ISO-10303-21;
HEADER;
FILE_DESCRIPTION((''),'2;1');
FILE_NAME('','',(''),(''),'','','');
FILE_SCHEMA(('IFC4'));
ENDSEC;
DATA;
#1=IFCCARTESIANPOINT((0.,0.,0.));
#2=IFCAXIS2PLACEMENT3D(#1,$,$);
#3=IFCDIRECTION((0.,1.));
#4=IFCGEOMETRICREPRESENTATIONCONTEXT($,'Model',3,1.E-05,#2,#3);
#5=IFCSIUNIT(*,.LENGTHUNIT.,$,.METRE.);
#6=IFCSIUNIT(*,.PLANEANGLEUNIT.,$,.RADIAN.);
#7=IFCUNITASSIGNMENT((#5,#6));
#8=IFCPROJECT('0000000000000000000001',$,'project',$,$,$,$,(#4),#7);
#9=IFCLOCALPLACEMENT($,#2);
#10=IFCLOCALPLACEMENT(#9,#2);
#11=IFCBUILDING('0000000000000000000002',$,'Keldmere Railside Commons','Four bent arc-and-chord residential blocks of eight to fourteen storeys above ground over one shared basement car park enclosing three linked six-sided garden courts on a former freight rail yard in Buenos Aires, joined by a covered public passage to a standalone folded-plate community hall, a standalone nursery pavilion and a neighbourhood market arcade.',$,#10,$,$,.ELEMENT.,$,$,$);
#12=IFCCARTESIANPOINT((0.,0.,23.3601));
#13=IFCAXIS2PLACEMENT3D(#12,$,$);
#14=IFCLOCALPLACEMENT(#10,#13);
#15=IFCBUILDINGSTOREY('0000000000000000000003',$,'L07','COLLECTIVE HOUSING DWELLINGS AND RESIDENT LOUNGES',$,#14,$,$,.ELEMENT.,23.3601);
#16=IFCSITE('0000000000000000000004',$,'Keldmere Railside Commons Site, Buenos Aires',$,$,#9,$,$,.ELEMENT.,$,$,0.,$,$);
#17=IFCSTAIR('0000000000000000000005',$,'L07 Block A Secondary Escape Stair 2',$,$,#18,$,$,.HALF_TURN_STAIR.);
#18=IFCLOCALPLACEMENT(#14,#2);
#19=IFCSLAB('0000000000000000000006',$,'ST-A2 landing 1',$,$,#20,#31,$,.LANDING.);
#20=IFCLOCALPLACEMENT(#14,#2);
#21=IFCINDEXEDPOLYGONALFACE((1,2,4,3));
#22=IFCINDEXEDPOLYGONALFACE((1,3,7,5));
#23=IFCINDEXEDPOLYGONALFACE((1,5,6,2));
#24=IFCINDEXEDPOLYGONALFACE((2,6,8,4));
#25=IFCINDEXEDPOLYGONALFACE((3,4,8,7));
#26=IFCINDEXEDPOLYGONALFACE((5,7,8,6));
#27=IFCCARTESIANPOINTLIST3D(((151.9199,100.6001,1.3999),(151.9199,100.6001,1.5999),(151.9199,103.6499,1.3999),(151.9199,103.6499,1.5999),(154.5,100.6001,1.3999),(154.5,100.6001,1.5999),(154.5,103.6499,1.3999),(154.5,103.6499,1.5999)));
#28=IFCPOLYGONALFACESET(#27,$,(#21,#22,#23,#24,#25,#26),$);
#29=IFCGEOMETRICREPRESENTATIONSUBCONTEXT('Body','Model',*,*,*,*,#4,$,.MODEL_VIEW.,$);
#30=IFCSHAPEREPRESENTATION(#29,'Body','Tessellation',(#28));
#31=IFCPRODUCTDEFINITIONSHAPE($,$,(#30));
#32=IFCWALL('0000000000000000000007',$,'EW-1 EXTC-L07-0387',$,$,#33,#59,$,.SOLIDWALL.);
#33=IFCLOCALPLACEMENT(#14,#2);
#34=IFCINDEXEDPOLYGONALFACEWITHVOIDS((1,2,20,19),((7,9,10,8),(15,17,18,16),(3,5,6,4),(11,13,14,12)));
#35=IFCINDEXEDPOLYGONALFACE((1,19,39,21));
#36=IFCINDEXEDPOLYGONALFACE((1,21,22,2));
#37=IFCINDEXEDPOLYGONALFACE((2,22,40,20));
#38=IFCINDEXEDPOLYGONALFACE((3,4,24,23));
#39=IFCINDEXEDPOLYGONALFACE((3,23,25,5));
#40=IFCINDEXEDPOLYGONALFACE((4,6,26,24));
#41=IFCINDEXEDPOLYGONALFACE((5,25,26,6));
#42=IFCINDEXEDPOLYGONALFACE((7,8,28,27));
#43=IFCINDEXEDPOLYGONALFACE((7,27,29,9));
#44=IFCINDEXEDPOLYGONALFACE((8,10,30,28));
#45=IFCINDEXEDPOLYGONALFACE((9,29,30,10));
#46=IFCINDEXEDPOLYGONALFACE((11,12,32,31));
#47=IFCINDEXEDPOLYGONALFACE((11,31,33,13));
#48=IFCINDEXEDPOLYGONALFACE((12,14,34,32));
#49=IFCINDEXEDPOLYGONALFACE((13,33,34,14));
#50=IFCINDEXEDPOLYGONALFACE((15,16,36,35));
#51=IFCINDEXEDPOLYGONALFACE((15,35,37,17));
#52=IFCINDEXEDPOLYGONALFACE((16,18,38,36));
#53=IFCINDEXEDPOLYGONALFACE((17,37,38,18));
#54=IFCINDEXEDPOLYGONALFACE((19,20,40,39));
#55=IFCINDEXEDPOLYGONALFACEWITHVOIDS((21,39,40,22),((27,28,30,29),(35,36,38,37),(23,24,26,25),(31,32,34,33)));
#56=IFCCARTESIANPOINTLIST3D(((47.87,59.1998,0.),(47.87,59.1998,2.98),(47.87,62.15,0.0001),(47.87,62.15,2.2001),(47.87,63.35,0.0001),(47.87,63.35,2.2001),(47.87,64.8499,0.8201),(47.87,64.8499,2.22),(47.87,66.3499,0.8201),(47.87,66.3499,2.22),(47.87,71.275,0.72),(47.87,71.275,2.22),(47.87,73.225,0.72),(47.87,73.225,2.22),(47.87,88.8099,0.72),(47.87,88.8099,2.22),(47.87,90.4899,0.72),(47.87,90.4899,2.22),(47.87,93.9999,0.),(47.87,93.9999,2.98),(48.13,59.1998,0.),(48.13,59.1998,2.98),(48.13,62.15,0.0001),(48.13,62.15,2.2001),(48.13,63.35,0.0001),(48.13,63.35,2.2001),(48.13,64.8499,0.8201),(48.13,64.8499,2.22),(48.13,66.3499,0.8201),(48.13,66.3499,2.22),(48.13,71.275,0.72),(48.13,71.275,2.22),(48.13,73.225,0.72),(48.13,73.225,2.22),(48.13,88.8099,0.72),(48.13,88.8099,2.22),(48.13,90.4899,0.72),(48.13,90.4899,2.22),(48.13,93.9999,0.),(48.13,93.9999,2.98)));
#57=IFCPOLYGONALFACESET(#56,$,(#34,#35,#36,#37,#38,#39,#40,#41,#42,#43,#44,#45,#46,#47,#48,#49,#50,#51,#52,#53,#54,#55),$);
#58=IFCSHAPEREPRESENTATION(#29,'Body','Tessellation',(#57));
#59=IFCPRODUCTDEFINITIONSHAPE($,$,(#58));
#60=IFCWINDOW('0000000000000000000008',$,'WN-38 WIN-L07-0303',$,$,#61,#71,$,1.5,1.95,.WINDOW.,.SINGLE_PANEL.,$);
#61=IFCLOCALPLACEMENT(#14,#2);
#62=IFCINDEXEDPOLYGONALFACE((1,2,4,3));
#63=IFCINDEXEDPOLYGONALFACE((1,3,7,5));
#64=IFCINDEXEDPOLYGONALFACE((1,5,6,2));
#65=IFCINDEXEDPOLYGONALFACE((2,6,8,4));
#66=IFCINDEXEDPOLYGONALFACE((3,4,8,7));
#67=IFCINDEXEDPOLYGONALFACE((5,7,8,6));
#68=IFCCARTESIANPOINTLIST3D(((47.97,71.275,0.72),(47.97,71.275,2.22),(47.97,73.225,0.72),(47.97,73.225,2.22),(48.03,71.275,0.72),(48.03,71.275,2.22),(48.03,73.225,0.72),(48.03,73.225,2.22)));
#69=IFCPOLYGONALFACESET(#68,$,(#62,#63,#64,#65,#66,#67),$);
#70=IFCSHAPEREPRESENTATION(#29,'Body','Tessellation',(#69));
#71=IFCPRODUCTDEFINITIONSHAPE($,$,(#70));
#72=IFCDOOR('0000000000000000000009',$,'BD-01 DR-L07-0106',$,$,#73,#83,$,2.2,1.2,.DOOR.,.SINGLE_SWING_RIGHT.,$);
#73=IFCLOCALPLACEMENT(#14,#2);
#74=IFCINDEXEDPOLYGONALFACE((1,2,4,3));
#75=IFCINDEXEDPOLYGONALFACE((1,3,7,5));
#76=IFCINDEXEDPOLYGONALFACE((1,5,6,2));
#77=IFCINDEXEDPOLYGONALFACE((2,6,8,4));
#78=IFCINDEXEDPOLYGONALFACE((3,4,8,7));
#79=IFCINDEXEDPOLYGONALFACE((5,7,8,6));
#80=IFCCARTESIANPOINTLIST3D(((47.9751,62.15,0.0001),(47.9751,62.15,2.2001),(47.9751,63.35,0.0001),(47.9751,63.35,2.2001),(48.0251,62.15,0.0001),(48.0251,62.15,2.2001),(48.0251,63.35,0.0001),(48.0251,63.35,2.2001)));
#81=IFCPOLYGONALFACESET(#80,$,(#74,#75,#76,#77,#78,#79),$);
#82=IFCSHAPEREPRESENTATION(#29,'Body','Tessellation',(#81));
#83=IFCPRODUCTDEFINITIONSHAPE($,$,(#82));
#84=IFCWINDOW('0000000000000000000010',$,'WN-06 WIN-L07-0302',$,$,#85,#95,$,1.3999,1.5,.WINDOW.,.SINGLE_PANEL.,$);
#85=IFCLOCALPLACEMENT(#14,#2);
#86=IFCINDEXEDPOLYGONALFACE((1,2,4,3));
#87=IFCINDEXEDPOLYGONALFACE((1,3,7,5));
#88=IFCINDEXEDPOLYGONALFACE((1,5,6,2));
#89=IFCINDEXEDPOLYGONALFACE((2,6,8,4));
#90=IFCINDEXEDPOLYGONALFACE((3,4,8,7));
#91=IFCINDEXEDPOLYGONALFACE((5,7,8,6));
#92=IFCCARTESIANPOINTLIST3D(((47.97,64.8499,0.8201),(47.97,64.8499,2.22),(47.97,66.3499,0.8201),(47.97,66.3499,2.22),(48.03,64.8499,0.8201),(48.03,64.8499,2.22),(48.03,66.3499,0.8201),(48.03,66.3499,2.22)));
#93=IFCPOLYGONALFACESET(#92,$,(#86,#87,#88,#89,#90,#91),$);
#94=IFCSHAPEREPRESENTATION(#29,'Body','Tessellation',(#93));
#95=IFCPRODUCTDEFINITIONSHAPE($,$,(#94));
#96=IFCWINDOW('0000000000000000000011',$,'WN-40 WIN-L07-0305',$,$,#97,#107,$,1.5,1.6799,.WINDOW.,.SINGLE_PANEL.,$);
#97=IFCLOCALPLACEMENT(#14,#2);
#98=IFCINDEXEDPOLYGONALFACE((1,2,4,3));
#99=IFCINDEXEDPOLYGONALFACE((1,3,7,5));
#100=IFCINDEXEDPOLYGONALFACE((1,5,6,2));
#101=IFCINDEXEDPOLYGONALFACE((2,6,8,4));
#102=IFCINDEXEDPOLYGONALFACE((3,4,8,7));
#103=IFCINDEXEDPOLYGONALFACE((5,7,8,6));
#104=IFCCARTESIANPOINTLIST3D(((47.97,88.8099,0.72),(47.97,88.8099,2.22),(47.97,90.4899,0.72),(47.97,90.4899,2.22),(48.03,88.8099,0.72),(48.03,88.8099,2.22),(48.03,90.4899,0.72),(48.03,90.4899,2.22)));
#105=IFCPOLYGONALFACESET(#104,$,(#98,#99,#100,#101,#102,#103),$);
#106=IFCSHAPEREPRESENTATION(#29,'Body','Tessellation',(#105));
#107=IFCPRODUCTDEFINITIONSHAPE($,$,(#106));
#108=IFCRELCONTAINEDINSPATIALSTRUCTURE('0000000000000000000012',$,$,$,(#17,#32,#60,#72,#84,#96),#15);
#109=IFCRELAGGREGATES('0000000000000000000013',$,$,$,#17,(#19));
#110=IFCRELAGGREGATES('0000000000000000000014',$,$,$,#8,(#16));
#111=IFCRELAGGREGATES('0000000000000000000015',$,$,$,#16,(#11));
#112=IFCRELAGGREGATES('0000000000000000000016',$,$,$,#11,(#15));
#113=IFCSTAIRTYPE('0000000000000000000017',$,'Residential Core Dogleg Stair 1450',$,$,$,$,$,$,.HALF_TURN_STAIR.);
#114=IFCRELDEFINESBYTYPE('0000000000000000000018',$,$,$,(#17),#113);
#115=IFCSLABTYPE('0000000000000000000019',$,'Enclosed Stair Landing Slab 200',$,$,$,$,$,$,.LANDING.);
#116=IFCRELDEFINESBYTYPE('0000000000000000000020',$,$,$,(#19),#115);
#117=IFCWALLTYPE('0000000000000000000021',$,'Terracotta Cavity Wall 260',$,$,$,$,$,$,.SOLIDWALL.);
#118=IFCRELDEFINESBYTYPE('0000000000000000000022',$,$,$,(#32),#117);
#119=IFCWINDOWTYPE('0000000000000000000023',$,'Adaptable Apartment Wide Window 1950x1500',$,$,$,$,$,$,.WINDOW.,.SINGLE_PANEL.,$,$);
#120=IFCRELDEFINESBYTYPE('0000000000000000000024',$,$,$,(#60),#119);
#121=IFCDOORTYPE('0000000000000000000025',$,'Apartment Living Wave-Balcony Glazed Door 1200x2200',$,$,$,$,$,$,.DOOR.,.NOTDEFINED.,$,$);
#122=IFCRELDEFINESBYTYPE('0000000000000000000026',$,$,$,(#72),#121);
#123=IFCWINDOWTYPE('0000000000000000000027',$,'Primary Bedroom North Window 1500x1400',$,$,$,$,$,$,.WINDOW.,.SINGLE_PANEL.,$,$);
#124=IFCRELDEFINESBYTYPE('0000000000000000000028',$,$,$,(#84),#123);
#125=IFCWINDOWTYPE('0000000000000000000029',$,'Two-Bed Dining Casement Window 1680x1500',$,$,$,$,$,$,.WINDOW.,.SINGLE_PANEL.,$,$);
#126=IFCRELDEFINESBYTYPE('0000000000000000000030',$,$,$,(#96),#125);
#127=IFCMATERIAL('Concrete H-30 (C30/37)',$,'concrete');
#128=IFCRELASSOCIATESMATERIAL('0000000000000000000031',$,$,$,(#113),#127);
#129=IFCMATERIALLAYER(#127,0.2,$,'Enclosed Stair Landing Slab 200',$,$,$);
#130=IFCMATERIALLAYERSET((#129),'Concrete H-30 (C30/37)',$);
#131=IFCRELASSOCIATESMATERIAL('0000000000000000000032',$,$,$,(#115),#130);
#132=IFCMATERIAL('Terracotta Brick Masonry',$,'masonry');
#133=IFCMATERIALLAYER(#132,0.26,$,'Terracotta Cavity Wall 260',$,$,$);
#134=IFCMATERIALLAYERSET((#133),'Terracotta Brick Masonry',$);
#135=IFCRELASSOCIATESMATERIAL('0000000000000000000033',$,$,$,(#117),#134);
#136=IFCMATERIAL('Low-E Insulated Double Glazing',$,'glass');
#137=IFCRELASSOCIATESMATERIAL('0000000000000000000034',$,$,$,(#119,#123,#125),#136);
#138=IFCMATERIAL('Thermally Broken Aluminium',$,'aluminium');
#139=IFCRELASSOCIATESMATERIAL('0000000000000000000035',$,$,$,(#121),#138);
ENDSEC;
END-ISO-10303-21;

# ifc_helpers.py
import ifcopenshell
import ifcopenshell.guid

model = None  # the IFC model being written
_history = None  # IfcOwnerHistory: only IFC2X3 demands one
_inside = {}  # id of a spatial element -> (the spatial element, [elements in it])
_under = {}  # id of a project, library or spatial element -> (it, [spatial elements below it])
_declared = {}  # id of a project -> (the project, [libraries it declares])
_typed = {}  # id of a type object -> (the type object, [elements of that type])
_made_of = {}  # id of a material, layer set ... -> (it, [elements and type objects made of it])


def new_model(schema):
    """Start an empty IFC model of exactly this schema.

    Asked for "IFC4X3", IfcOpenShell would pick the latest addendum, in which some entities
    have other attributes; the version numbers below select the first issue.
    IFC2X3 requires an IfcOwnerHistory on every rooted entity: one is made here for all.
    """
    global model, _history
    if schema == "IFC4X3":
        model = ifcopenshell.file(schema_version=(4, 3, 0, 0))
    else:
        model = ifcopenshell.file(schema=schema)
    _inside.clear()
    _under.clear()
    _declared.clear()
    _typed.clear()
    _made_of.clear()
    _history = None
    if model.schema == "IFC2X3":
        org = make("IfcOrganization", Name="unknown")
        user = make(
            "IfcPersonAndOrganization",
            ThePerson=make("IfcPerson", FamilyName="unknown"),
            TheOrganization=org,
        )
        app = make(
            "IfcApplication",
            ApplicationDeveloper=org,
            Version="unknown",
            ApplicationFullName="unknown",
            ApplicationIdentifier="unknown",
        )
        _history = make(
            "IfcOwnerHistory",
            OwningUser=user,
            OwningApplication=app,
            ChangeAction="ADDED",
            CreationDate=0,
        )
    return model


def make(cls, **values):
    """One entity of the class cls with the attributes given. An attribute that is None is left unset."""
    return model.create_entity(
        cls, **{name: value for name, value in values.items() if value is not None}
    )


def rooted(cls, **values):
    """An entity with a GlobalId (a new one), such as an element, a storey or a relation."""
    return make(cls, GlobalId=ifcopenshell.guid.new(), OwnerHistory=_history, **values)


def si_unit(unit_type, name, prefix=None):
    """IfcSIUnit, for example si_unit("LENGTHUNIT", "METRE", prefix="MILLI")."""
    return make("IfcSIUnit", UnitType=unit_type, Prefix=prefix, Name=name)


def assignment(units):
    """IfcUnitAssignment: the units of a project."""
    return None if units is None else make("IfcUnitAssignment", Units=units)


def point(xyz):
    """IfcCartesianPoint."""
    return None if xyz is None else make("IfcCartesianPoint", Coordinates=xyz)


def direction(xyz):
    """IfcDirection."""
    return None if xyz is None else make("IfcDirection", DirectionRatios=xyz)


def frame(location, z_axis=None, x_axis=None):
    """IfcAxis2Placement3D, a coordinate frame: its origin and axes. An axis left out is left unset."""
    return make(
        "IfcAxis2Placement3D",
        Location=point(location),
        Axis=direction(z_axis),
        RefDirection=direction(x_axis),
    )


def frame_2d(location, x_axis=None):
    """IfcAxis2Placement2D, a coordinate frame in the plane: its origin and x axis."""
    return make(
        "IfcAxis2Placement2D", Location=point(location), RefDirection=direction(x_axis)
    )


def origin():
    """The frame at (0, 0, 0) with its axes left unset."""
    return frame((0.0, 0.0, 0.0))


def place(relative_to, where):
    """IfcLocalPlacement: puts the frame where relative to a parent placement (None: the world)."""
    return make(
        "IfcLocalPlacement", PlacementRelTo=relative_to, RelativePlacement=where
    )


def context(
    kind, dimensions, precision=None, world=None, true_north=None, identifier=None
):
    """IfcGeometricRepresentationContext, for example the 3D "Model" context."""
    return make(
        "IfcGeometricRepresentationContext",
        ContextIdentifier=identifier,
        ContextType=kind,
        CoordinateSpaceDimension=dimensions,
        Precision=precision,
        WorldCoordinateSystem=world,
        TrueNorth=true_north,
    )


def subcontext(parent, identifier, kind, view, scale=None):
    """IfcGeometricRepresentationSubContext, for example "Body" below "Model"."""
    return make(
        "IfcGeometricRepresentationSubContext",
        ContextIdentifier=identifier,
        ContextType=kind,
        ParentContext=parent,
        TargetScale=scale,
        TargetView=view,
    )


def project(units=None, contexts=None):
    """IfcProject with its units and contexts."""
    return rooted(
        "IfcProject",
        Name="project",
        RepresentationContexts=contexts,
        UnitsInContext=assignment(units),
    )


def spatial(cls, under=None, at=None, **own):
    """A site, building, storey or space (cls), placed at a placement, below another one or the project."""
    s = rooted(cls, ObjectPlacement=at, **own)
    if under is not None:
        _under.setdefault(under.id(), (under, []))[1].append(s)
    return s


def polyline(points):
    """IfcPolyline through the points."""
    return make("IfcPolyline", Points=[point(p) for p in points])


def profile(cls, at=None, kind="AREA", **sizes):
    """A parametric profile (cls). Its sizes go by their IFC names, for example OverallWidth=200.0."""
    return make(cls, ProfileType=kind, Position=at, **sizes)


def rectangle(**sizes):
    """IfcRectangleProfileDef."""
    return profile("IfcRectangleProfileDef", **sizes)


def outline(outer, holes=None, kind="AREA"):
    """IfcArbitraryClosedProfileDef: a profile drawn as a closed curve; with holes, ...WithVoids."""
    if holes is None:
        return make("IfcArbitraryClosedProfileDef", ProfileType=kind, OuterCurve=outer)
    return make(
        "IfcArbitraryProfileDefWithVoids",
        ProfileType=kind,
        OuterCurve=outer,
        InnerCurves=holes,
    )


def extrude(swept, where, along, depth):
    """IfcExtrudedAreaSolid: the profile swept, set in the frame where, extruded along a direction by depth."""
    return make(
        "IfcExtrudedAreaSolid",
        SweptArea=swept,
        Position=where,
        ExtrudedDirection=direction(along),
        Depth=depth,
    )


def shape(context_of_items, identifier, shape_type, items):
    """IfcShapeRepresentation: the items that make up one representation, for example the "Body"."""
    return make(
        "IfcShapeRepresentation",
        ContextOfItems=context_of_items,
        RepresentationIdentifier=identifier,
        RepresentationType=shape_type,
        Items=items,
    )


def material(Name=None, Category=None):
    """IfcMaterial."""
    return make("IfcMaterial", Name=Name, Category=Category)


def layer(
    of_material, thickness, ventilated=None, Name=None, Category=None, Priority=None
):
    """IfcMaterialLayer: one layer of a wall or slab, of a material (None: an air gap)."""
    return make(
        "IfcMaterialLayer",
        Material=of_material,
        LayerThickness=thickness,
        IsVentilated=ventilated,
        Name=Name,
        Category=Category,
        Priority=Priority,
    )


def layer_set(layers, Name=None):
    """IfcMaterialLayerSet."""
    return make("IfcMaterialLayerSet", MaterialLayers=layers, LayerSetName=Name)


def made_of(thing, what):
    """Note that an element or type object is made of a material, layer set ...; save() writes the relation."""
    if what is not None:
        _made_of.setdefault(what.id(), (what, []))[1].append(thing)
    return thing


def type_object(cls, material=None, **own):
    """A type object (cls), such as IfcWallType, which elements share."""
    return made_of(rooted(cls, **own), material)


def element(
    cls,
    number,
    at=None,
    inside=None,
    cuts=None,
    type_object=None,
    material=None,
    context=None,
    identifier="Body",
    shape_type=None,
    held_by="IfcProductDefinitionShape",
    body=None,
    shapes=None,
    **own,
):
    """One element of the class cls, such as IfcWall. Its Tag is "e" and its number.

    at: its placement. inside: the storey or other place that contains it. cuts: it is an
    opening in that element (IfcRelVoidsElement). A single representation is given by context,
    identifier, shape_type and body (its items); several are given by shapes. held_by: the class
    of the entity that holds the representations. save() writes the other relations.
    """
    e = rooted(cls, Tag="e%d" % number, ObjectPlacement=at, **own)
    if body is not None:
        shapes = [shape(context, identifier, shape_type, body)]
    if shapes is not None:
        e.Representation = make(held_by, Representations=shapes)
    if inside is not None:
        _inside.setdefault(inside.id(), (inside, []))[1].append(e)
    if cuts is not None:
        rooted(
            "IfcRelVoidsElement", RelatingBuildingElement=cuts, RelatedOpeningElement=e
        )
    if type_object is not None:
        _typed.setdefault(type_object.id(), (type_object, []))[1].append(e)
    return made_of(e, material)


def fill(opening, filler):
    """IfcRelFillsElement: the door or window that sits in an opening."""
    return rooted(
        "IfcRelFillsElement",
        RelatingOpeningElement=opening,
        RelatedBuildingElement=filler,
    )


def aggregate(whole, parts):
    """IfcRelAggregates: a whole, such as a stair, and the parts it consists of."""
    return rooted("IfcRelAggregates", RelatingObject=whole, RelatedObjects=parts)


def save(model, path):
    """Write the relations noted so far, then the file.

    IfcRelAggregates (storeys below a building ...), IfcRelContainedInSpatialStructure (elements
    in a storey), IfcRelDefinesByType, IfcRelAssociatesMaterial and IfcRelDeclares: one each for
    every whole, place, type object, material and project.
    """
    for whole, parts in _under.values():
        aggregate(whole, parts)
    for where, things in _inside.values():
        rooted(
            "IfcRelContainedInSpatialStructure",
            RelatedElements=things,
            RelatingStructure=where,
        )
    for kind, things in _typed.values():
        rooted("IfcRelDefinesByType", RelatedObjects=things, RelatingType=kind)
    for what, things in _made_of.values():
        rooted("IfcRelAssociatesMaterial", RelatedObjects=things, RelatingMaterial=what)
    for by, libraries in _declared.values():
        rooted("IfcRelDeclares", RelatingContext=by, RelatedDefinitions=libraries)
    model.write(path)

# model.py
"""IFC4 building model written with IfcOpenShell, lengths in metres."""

from ifc_helpers import new_model, si_unit, direction, frame, frame_2d, origin, place, context, subcontext, project, spatial, polyline, rectangle, outline, extrude, material, layer, layer_set, type_object, element, fill, aggregate, save


model = new_model("IFC4")

# Units and contexts
model_context = context("Model", 3, precision=1e-05, world=origin(), true_north=direction((0.0, 1.0)))
body_context = subcontext(model_context, "Body", "Model", "MODEL_VIEW")
ifc_project = project(units=[si_unit("LENGTHUNIT", "METRE"), si_unit("PLANEANGLEUNIT", "RADIAN")], contexts=[model_context])

# Site, building, storey
site_placement = place(None, origin())
site = spatial("IfcSite", under=ifc_project, at=site_placement, Name="Keldmere Railside Commons Site, Buenos Aires", CompositionType="ELEMENT", RefElevation=0.0)
building_placement = place(site_placement, origin())
building = spatial("IfcBuilding", under=site, at=building_placement, Name="Keldmere Railside Commons", Description="Four bent arc-and-chord residential blocks of eight to fourteen storeys above ground over one shared basement car park enclosing three linked six-sided garden courts on a former freight rail yard in Buenos Aires, joined by a covered public passage to a standalone folded-plate community hall, a standalone nursery pavilion and a neighbourhood market arcade.", CompositionType="ELEMENT")
storey_placement = place(building_placement, frame((0.0, 0.0, 23.3601)))
storey = spatial("IfcBuildingStorey", under=building, at=storey_placement, Name="L07", Description="COLLECTIVE HOUSING DWELLINGS AND RESIDENT LOUNGES", CompositionType="ELEMENT", Elevation=23.3601)

# Stair, slab
ifc_material_1 = material(Name="Concrete H-30 (C30/37)", Category="concrete")
stair_type = type_object("IfcStairType", Name="Residential Core Dogleg Stair 1450", PredefinedType="HALF_TURN_STAIR", material=ifc_material_1)
stair_placement = place(storey_placement, origin())
stair = element("IfcStair", 1, at=stair_placement, inside=storey, type_object=stair_type, Name="L07 Block A Secondary Escape Stair 2", PredefinedType="HALF_TURN_STAIR")
ifc_layer_1 = layer(ifc_material_1, 0.2, Name="Enclosed Stair Landing Slab 200")
ifc_layer_set_1 = layer_set([ifc_layer_1], Name="Concrete H-30 (C30/37)")
slab_type = type_object("IfcSlabType", Name="Enclosed Stair Landing Slab 200", PredefinedType="LANDING", material=ifc_layer_set_1)
slab_placement = place(storey_placement, frame((0.0, 0.0, 1.3999)))
slab = element("IfcSlab", 2, at=slab_placement, type_object=slab_type, Name="ST-A2 landing 1", PredefinedType="LANDING", context=body_context, shape_type="SweptSolid", body=[
    extrude(outline(polyline([(151.9199, 100.6001), (154.5, 100.6001), (154.5, 103.6499), (151.9199, 103.6499), (151.9199, 100.6001)])), origin(), (0.0, 0.0, 1.0), 0.2),
])
aggregate(stair, [slab])

# Wall, openings, windows, door
ifc_material_2 = material(Name="Terracotta Brick Masonry", Category="masonry")
ifc_layer_2 = layer(ifc_material_2, 0.26, Name="Terracotta Cavity Wall 260")
ifc_layer_set_2 = layer_set([ifc_layer_2], Name="Terracotta Brick Masonry")
wall_type = type_object("IfcWallType", Name="Terracotta Cavity Wall 260", PredefinedType="SOLIDWALL", material=ifc_layer_set_2)
wall_placement = place(storey_placement, frame((48.0, 59.2, 0.0), z_axis=(0.0, 0.0, 1.0), x_axis=(0.0, 1.0, 0.0)))
wall = element("IfcWall", 3, at=wall_placement, inside=storey, type_object=wall_type, Name="EW-1 EXTC-L07-0387", PredefinedType="SOLIDWALL", context=body_context, shape_type="SweptSolid", body=[
    extrude(rectangle(XDim=34.8, YDim=0.26, at=frame_2d((17.3999, 0.0))), origin(), (0.0, 0.0, 1.0), 2.98),
])
opening_1_placement = place(wall_placement, frame((2.95, 0.0, 0.0)))
opening_1 = element("IfcOpeningElement", 4, at=opening_1_placement, cuts=wall, PredefinedType="OPENING", context=body_context, shape_type="SweptSolid", body=[
    extrude(rectangle(XDim=1.2, YDim=2.2, at=frame_2d((0.6001, 1.1001))), frame((0.0, 0.1399, 0.0), z_axis=(0.0, -1.0, 0.0), x_axis=(1.0, 0.0, 0.0)), (0.0, 0.0, 1.0), 0.28),
])
opening_2_placement = place(wall_placement, frame((5.6499, 0.0, 0.8201)))
opening_2 = element("IfcOpeningElement", 5, at=opening_2_placement, cuts=wall, PredefinedType="OPENING", context=body_context, shape_type="SweptSolid", body=[
    extrude(rectangle(XDim=1.5, YDim=1.3999, at=frame_2d((0.75, 0.7))), frame((0.0, 0.1399, 0.0), z_axis=(0.0, -1.0, 0.0), x_axis=(1.0, 0.0, 0.0)), (0.0, 0.0, 1.0), 0.28),
])
opening_3_placement = place(wall_placement, frame((12.075, 0.0, 0.72)))
opening_3 = element("IfcOpeningElement", 6, at=opening_3_placement, cuts=wall, PredefinedType="OPENING", context=body_context, shape_type="SweptSolid", body=[
    extrude(rectangle(XDim=1.95, YDim=1.5, at=frame_2d((0.9751, 0.75))), frame((0.0, 0.1399, 0.0), z_axis=(0.0, -1.0, 0.0), x_axis=(1.0, 0.0, 0.0)), (0.0, 0.0, 1.0), 0.28),
])
opening_4_placement = place(wall_placement, frame((29.6101, 0.0, 0.72)))
opening_4 = element("IfcOpeningElement", 7, at=opening_4_placement, cuts=wall, PredefinedType="OPENING", context=body_context, shape_type="SweptSolid", body=[
    extrude(rectangle(XDim=1.6799, YDim=1.5, at=frame_2d((0.8398, 0.75))), frame((0.0, 0.1399, 0.0), z_axis=(0.0, -1.0, 0.0), x_axis=(1.0, 0.0, 0.0)), (0.0, 0.0, 1.0), 0.28),
])
ifc_material_3 = material(Name="Low-E Insulated Double Glazing", Category="glass")
window_type_1 = type_object("IfcWindowType", Name="Adaptable Apartment Wide Window 1950x1500", PartitioningType="SINGLE_PANEL", PredefinedType="WINDOW", material=ifc_material_3)
window_1_placement = place(opening_3_placement, origin())
window_1 = element("IfcWindow", 8, at=window_1_placement, inside=storey, type_object=window_type_1, Name="WN-38 WIN-L07-0303", OverallHeight=1.5, OverallWidth=1.95, PartitioningType="SINGLE_PANEL", PredefinedType="WINDOW", context=body_context, shape_type="SweptSolid", body=[
    extrude(rectangle(XDim=1.95, YDim=1.5, at=frame_2d((0.9751, 0.75))), frame((0.0, 0.03, 0.0), z_axis=(0.0, -1.0, 0.0), x_axis=(1.0, 0.0, 0.0)), (0.0, 0.0, 1.0), 0.0601),
])
fill(opening_3, window_1)
ifc_material_4 = material(Name="Thermally Broken Aluminium", Category="aluminium")
door_type = type_object("IfcDoorType", Name="Apartment Living Wave-Balcony Glazed Door 1200x2200", OperationType="NOTDEFINED", PredefinedType="DOOR", material=ifc_material_4)
door_placement = place(opening_1_placement, origin())
door = element("IfcDoor", 9, at=door_placement, inside=storey, type_object=door_type, Name="BD-01 DR-L07-0106", OperationType="SINGLE_SWING_RIGHT", OverallHeight=2.2, OverallWidth=1.2, PredefinedType="DOOR", context=body_context, shape_type="SweptSolid", body=[
    extrude(rectangle(XDim=1.2, YDim=2.2, at=frame_2d((0.6001, 1.1001))), frame((0.0, 0.0249, 0.0), z_axis=(0.0, -1.0, 0.0), x_axis=(1.0, 0.0, 0.0)), (0.0, 0.0, 1.0), 0.05),
])
fill(opening_1, door)
window_type_2 = type_object("IfcWindowType", Name="Primary Bedroom North Window 1500x1400", PartitioningType="SINGLE_PANEL", PredefinedType="WINDOW", material=ifc_material_3)
window_2_placement = place(opening_2_placement, origin())
window_2 = element("IfcWindow", 10, at=window_2_placement, inside=storey, type_object=window_type_2, Name="WN-06 WIN-L07-0302", OverallHeight=1.3999, OverallWidth=1.5, PartitioningType="SINGLE_PANEL", PredefinedType="WINDOW", context=body_context, shape_type="SweptSolid", body=[
    extrude(rectangle(XDim=1.5, YDim=1.3999, at=frame_2d((0.75, 0.7))), frame((0.0, 0.03, 0.0), z_axis=(0.0, -1.0, 0.0), x_axis=(1.0, 0.0, 0.0)), (0.0, 0.0, 1.0), 0.0601),
])
fill(opening_2, window_2)
window_type_3 = type_object("IfcWindowType", Name="Two-Bed Dining Casement Window 1680x1500", PartitioningType="SINGLE_PANEL", PredefinedType="WINDOW", material=ifc_material_3)
window_3_placement = place(opening_4_placement, origin())
window_3 = element("IfcWindow", 11, at=window_3_placement, inside=storey, type_object=window_type_3, Name="WN-40 WIN-L07-0305", OverallHeight=1.5, OverallWidth=1.6799, PartitioningType="SINGLE_PANEL", PredefinedType="WINDOW", context=body_context, shape_type="SweptSolid", body=[
    extrude(rectangle(XDim=1.6799, YDim=1.5, at=frame_2d((0.8398, 0.75))), frame((0.0, 0.03, 0.0), z_axis=(0.0, -1.0, 0.0), x_axis=(1.0, 0.0, 0.0)), (0.0, 0.0, 1.0), 0.0601),
])
fill(opening_4, window_3)

save(model, "model.ifc")
